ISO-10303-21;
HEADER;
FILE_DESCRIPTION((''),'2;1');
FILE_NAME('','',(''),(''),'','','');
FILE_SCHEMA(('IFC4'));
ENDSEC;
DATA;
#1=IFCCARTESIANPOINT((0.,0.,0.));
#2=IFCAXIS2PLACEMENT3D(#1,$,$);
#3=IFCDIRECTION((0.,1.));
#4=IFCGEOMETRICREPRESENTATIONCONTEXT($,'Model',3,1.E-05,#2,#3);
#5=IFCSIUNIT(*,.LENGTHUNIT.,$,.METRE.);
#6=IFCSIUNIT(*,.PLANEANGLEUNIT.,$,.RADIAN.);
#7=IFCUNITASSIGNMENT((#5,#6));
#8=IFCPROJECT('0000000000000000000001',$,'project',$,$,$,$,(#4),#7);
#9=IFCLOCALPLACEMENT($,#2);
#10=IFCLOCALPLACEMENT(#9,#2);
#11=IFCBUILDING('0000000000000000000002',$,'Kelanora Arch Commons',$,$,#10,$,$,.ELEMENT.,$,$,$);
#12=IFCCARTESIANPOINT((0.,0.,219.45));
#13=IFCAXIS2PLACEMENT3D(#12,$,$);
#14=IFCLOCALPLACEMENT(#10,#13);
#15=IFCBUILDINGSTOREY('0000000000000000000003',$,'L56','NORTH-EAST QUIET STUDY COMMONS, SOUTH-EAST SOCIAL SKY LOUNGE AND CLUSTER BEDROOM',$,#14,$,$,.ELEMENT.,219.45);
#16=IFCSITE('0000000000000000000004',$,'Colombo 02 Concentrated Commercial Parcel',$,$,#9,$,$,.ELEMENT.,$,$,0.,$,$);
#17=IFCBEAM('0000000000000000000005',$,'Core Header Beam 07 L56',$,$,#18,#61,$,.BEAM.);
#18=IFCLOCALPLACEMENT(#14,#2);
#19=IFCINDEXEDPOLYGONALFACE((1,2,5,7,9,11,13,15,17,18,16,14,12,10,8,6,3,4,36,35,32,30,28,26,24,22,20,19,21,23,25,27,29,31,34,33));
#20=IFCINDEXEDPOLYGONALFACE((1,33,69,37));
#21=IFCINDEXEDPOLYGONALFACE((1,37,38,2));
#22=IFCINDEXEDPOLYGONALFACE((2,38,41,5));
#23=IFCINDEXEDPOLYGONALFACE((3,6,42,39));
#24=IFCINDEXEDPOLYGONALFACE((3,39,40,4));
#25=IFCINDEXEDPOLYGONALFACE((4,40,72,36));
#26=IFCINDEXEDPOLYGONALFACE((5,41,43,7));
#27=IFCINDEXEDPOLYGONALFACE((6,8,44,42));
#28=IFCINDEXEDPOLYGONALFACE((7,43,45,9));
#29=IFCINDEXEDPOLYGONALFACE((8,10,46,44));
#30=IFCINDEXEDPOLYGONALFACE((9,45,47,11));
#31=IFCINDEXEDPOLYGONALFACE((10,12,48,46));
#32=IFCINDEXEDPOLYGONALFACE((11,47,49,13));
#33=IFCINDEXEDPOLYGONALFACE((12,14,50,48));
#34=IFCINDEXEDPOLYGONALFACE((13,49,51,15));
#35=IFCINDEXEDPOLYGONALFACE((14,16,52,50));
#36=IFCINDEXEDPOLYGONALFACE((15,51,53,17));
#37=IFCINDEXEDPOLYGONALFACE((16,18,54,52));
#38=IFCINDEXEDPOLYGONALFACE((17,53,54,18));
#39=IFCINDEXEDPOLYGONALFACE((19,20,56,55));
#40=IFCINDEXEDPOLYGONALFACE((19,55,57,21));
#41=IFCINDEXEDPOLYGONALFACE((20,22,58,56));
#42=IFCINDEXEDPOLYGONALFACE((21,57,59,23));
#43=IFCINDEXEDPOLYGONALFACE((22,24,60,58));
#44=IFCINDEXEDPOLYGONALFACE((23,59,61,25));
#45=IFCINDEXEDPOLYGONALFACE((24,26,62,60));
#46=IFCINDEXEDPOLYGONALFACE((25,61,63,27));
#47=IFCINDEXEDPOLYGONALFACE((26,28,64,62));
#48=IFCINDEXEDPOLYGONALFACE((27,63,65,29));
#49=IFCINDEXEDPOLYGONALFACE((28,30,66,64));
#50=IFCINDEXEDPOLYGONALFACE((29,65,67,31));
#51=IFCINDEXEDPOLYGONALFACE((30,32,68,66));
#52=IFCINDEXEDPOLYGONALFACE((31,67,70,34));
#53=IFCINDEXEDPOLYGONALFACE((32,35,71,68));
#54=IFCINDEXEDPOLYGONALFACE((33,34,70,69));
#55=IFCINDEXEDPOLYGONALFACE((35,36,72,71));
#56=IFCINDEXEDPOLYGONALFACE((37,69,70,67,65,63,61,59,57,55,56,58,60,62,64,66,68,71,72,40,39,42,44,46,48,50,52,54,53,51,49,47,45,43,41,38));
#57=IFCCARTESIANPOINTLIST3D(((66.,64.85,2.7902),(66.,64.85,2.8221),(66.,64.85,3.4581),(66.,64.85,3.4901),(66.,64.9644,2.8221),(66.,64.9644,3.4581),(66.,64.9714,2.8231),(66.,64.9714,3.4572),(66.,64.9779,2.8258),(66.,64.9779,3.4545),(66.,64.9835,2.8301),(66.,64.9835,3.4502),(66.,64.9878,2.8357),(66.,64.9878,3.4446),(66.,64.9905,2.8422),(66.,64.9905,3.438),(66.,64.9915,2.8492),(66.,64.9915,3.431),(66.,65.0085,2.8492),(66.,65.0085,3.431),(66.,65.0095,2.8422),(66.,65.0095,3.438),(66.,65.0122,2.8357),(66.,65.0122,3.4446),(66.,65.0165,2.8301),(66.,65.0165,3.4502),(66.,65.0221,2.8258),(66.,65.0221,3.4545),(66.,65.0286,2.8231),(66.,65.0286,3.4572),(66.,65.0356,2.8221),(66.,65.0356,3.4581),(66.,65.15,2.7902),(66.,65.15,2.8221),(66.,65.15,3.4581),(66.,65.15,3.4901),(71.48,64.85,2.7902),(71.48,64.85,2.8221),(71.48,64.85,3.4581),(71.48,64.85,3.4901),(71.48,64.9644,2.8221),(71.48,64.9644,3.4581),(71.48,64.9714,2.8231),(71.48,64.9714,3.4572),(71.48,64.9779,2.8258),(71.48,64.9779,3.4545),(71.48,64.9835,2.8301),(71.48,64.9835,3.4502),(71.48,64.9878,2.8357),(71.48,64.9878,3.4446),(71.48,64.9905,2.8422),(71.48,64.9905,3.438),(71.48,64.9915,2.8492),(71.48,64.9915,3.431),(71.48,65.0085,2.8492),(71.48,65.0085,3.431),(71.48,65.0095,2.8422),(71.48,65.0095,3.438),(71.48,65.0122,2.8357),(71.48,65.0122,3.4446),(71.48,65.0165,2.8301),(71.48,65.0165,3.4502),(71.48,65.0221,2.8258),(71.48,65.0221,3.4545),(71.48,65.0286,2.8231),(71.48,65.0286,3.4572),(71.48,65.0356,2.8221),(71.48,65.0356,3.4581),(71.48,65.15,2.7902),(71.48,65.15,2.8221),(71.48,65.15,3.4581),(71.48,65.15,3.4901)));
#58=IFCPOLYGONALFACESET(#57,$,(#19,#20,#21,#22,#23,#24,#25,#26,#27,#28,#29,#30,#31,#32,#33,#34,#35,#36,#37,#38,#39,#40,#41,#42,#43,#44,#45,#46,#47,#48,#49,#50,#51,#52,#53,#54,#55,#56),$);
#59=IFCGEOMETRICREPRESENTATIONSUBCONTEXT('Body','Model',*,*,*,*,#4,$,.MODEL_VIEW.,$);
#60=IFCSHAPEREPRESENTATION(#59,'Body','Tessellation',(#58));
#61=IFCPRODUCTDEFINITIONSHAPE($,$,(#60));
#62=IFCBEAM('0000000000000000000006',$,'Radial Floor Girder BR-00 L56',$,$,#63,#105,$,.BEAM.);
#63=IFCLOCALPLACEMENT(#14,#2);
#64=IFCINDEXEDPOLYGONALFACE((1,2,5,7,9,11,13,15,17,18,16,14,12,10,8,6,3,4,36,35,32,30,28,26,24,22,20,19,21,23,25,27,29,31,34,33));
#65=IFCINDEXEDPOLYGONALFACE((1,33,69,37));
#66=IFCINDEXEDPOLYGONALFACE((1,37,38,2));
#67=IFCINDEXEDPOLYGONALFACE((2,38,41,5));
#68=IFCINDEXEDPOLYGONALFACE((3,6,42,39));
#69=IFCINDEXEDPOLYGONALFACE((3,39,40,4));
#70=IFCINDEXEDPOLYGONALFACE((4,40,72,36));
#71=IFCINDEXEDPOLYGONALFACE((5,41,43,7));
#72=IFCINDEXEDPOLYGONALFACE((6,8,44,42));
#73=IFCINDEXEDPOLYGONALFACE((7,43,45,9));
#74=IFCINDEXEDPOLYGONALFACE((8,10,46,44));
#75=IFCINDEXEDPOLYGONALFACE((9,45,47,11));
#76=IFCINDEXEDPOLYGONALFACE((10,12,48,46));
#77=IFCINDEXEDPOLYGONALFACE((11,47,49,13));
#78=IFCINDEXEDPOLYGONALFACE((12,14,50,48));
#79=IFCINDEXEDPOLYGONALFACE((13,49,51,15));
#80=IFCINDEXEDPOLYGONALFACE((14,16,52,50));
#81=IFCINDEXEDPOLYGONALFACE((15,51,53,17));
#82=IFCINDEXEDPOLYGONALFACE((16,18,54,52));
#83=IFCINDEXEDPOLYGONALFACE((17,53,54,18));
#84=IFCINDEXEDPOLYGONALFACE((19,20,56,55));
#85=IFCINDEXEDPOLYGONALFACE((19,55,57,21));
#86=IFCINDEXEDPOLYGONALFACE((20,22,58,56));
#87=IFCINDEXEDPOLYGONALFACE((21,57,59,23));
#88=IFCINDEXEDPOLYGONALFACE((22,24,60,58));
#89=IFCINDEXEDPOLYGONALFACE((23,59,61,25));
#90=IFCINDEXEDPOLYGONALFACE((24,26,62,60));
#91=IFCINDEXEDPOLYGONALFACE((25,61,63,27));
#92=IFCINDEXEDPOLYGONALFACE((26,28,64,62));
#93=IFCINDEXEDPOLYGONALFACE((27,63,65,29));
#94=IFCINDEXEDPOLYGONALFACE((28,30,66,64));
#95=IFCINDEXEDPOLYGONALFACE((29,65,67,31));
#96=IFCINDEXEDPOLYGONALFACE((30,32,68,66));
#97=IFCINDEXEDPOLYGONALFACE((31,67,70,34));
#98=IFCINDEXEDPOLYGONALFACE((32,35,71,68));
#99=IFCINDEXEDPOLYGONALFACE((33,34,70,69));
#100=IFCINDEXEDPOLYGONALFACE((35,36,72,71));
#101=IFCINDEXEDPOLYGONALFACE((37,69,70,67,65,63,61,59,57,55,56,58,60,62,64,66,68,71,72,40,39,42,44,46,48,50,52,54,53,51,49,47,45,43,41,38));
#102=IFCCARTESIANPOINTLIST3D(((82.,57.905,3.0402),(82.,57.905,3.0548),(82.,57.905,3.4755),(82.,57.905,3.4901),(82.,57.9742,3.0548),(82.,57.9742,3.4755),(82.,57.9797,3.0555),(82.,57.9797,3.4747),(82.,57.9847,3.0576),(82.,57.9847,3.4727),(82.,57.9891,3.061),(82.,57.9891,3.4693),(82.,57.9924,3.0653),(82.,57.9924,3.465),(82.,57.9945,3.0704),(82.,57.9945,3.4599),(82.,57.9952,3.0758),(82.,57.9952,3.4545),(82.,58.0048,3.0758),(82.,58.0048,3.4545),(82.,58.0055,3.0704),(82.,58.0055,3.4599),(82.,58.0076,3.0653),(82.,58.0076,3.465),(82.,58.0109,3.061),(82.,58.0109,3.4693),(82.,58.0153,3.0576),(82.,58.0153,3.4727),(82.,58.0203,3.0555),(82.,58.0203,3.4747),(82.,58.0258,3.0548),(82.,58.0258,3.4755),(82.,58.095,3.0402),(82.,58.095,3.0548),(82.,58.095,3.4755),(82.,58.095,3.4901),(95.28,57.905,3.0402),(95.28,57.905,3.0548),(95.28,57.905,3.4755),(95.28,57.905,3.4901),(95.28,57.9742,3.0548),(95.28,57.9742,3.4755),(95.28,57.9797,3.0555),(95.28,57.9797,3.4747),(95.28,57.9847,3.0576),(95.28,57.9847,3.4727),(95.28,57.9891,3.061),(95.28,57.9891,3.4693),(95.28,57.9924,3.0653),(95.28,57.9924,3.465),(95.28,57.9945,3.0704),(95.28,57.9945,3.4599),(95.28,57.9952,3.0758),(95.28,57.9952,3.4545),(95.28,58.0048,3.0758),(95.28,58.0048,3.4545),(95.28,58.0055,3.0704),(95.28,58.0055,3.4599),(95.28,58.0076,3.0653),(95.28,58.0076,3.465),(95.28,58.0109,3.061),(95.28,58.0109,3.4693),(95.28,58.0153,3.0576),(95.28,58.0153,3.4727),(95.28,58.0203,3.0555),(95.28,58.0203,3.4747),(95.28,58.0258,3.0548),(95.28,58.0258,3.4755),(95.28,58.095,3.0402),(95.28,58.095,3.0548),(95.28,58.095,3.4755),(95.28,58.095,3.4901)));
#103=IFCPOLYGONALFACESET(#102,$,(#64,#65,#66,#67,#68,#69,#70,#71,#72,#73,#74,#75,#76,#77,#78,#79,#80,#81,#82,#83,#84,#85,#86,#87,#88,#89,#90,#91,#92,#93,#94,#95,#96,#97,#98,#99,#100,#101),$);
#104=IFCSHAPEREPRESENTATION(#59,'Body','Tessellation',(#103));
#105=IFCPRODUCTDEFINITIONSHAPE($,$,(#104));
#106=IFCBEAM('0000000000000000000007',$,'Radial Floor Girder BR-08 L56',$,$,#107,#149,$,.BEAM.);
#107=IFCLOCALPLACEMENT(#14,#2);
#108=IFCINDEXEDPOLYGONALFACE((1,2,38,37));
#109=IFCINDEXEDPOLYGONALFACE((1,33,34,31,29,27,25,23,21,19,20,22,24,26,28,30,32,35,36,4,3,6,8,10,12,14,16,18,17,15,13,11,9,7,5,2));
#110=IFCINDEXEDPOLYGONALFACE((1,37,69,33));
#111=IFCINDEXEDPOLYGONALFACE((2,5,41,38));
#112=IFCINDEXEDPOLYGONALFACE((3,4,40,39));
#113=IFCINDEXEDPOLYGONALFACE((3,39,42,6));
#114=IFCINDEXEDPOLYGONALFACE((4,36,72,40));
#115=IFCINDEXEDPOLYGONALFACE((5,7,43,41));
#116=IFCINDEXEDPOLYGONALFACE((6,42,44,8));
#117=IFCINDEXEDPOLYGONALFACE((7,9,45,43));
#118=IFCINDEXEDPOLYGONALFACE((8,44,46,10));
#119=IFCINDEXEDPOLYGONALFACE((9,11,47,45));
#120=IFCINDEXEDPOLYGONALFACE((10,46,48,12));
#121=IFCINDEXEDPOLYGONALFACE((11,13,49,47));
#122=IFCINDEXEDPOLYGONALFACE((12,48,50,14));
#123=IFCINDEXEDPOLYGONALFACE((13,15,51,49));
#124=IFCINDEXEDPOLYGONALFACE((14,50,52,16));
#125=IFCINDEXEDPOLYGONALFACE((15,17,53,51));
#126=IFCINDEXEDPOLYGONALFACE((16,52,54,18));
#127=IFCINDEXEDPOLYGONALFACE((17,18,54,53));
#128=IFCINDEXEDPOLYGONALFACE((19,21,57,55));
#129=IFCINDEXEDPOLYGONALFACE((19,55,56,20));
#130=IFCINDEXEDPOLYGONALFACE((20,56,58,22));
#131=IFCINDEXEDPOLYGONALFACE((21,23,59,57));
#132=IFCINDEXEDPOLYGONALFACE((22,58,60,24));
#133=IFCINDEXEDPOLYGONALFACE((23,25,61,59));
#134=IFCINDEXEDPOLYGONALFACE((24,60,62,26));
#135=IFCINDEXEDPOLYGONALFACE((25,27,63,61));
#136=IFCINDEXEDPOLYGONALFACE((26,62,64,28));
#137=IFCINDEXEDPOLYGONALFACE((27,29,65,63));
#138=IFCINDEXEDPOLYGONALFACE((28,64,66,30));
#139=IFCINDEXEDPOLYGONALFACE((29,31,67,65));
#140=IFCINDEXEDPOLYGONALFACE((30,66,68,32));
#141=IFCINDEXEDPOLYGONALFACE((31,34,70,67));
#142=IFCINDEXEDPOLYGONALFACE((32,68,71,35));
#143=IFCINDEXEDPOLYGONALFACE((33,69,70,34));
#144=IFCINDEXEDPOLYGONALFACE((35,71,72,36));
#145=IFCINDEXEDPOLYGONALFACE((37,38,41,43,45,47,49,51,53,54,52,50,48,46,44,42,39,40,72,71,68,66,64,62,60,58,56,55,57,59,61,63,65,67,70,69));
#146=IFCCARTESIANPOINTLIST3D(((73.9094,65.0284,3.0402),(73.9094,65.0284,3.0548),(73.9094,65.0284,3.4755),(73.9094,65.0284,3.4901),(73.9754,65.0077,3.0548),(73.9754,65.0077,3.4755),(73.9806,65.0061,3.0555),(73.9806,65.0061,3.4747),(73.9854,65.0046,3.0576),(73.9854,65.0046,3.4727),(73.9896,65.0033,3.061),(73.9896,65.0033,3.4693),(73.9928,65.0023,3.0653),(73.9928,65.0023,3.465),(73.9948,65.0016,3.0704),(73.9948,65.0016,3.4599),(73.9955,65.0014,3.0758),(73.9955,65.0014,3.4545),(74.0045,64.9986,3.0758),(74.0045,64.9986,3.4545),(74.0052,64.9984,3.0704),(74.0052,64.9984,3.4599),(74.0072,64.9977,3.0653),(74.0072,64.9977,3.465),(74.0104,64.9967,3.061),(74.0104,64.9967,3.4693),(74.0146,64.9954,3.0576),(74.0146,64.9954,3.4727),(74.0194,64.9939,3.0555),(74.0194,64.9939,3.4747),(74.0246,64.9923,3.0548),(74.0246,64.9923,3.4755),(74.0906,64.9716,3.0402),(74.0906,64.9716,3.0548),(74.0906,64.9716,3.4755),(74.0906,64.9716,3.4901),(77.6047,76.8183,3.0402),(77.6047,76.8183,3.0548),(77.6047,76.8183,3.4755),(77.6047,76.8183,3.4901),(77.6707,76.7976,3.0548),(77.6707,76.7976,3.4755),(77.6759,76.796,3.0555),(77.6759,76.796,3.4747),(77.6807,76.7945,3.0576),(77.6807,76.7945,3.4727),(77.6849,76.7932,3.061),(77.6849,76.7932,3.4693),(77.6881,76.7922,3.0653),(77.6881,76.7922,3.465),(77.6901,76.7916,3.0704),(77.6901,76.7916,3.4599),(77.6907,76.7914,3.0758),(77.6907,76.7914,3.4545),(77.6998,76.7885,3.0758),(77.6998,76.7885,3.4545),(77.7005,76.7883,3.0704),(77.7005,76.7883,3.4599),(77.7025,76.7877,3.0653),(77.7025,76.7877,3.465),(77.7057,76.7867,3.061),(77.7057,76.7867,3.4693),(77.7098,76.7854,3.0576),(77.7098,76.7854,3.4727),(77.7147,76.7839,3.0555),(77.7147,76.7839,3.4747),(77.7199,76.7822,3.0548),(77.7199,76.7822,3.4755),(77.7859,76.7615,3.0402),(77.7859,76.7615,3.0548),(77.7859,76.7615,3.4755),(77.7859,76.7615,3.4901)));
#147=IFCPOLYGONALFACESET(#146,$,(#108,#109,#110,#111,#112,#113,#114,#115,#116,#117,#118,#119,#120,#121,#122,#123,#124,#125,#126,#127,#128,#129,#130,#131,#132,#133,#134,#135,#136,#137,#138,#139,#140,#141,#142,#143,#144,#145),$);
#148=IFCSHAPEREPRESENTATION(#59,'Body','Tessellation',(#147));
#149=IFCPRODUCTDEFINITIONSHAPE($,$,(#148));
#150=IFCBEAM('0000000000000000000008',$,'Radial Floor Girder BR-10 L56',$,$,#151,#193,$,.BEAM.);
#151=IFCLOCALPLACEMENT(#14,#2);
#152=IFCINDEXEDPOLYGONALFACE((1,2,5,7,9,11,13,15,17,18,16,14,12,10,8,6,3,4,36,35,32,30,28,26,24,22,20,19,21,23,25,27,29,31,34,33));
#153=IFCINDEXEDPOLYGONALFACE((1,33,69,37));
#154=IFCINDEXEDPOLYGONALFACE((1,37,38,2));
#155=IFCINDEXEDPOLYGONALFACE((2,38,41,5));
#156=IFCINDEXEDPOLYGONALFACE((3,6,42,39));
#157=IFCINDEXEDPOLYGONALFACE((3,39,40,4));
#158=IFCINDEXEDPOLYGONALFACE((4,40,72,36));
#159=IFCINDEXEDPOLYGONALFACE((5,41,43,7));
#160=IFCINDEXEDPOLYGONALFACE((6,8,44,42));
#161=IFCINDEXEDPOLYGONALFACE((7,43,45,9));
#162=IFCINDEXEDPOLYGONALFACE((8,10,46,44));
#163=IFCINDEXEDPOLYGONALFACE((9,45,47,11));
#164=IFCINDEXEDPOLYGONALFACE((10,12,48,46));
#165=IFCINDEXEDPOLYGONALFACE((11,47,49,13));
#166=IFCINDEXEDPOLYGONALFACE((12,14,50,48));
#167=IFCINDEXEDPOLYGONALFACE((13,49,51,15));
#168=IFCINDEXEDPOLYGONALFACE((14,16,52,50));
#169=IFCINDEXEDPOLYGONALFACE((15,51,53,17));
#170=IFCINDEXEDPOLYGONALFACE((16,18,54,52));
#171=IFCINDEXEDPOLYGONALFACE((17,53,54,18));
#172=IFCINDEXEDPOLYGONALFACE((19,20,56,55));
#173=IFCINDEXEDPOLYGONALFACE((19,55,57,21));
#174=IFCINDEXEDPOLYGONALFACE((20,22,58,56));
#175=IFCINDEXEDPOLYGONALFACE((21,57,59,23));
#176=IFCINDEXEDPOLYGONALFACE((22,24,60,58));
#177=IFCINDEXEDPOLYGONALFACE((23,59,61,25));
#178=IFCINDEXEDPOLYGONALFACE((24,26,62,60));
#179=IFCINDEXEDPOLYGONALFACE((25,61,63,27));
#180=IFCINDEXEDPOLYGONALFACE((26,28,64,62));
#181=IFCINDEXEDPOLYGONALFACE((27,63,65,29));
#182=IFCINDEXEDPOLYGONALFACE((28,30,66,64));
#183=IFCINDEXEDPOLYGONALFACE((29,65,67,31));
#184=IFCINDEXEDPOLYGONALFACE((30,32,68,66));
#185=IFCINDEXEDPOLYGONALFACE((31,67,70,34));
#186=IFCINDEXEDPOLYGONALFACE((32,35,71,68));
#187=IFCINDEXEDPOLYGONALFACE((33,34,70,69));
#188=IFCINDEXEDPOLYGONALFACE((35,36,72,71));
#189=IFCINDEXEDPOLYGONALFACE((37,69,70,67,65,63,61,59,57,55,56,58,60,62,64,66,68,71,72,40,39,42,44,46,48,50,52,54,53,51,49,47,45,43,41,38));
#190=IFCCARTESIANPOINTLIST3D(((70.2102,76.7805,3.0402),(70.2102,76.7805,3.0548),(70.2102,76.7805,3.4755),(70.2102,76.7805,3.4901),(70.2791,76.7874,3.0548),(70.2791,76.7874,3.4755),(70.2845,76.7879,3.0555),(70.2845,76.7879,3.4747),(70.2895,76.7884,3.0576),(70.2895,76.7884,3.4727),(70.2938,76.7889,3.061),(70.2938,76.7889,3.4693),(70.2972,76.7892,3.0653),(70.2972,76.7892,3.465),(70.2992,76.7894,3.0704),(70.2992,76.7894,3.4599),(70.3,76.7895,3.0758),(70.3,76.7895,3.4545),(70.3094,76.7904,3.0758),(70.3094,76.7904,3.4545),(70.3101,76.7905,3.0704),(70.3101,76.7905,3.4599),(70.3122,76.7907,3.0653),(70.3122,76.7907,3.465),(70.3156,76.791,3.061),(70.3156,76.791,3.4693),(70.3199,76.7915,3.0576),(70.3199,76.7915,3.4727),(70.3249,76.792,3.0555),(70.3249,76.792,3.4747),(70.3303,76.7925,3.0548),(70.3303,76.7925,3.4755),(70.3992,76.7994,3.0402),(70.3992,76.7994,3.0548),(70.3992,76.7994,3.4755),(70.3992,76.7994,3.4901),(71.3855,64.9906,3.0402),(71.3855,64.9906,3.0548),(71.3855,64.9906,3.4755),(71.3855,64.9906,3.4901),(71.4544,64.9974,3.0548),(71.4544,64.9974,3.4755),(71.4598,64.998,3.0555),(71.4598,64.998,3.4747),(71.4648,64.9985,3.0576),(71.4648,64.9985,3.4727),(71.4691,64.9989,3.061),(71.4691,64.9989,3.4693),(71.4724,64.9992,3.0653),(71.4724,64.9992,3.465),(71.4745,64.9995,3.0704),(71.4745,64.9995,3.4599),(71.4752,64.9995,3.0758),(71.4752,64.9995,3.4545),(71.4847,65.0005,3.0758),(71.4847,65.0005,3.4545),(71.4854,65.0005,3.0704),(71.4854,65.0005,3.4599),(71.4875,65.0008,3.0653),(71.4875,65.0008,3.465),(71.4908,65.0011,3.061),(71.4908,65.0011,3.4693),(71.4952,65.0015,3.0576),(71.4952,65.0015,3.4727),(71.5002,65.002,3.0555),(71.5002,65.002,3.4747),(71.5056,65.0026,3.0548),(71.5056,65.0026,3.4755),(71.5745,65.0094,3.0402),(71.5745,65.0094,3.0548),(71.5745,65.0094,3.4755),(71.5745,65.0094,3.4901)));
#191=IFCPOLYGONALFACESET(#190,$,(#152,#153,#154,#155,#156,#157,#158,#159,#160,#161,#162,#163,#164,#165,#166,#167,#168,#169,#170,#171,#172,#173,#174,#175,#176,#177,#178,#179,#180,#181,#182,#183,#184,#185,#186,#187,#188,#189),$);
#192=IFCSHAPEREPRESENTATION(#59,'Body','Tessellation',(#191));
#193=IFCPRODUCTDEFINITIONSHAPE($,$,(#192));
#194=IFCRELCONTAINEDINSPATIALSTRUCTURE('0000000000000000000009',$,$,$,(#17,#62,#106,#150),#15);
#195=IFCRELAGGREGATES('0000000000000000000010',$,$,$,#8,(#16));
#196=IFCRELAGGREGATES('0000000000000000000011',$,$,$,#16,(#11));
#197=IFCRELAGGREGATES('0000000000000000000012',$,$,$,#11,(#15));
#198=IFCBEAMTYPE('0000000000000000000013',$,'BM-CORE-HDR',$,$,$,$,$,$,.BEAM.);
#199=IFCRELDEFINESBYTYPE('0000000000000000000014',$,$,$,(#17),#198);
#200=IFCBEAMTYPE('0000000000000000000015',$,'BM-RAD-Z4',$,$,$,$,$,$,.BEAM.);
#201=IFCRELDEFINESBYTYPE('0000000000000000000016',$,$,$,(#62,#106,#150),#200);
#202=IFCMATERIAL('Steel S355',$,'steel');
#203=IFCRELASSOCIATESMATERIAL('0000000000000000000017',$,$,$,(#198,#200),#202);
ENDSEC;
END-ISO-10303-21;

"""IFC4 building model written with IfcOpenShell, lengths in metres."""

from ifc_helpers import new_model, si_unit, direction, frame, origin, origin_2d, place, context, subcontext, project, spatial, i_section, extrude, material, material_profile, profile_set, type_object, element, save


model = new_model("IFC4")

# Units and contexts
model_context = context("Model", 3, precision=1e-05, world=origin(), true_north=direction((0.0, 1.0)))
body_context = subcontext(model_context, "Body", "Model", "MODEL_VIEW")
ifc_project = project(units=[si_unit("LENGTHUNIT", "METRE"), si_unit("PLANEANGLEUNIT", "RADIAN")], contexts=[model_context])

# Site, building, storey
site_placement = place(None, origin())
site = spatial("IfcSite", under=ifc_project, at=site_placement, Name="Colombo 02 Concentrated Commercial Parcel", CompositionType="ELEMENT", RefElevation=0.0)
building_placement = place(site_placement, origin())
building = spatial("IfcBuilding", under=site, at=building_placement, Name="Kelanora Arch Commons", CompositionType="ELEMENT")
storey_placement = place(building_placement, frame((0.0, 0.0, 219.45)))
storey = spatial("IfcBuildingStorey", under=building, at=storey_placement, Name="L56", Description="NORTH-EAST QUIET STUDY COMMONS, SOUTH-EAST SOCIAL SKY LOUNGE AND CLUSTER BEDROOM", CompositionType="ELEMENT", Elevation=219.45)

# Beams
ifc_material_1 = material(Name="Steel S355", Category="steel")
ifc_material_profile_1 = material_profile(ifc_material_1, i_section(OverallWidth=0.3, OverallDepth=0.7, WebThickness=0.0171, FlangeThickness=0.032, FilletRadius=0.0271, at=origin_2d()), Name="HEB700")
ifc_profile_set_1 = profile_set([ifc_material_profile_1], Name="Steel S355")
beam_type_1 = type_object("IfcBeamType", Name="BM-CORE-HDR", PredefinedType="BEAM", material=ifc_profile_set_1)
beam_1_placement = place(storey_placement, frame((71.48, 65.0, 3.1401), z_axis=(-1.0, 0.0, 0.0), x_axis=(0.0, -1.0, 0.0)))
element("IfcBeam", 1, at=beam_1_placement, inside=storey, type_object=beam_type_1, Name="Core Header Beam 07 L56", PredefinedType="BEAM", context=body_context, shape_type="SweptSolid", body=[
    extrude(i_section(OverallWidth=0.3, OverallDepth=0.7, WebThickness=0.0171, FlangeThickness=0.032, FilletRadius=0.0271, at=origin_2d()), origin(), (0.0, 0.0, 1.0), 5.48),
])
ifc_material_profile_2 = material_profile(ifc_material_1, i_section(OverallWidth=0.1899, OverallDepth=0.45, WebThickness=0.0095, FlangeThickness=0.0146, FilletRadius=0.021, at=origin_2d()), Name="IPE450")
ifc_profile_set_2 = profile_set([ifc_material_profile_2], Name="Steel S355")
beam_type_2 = type_object("IfcBeamType", Name="BM-RAD-Z4", PredefinedType="BEAM", material=ifc_profile_set_2)
beam_2_placement = place(storey_placement, frame((82.0, 58.0, 3.2651), z_axis=(1.0, 0.0, 0.0), x_axis=(0.0, 1.0, 0.0)))
element("IfcBeam", 2, at=beam_2_placement, inside=storey, type_object=beam_type_2, Name="Radial Floor Girder BR-00 L56", PredefinedType="BEAM", context=body_context, shape_type="SweptSolid", body=[
    extrude(i_section(OverallWidth=0.1899, OverallDepth=0.45, WebThickness=0.0095, FlangeThickness=0.0146, FilletRadius=0.021, at=origin_2d()), origin(), (0.0, 0.0, 1.0), 13.28),
])
beam_3_placement = place(storey_placement, frame((74.0, 65.0, 3.2651), z_axis=(0.29908, 0.954228, 0.0), x_axis=(-0.954228, 0.29908, 0.0)))
element("IfcBeam", 3, at=beam_3_placement, inside=storey, type_object=beam_type_2, Name="Radial Floor Girder BR-08 L56", PredefinedType="BEAM", context=body_context, shape_type="SweptSolid", body=[
    extrude(i_section(OverallWidth=0.1899, OverallDepth=0.45, WebThickness=0.0095, FlangeThickness=0.0146, FilletRadius=0.021, at=origin_2d()), origin(), (0.0, 0.0, 1.0), 12.3555),
])
beam_4_placement = place(storey_placement, frame((71.48, 65.0, 3.2651), z_axis=(-0.099194, 0.995068, 0.0), x_axis=(-0.995068, -0.099194, 0.0)))
element("IfcBeam", 4, at=beam_4_placement, inside=storey, type_object=beam_type_2, Name="Radial Floor Girder BR-10 L56", PredefinedType="BEAM", context=body_context, shape_type="SweptSolid", body=[
    extrude(i_section(OverallWidth=0.1899, OverallDepth=0.45, WebThickness=0.0095, FlangeThickness=0.0146, FilletRadius=0.021, at=origin_2d()), origin(), (0.0, 0.0, 1.0), 11.8484),
])

save(model, "model.ifc")
